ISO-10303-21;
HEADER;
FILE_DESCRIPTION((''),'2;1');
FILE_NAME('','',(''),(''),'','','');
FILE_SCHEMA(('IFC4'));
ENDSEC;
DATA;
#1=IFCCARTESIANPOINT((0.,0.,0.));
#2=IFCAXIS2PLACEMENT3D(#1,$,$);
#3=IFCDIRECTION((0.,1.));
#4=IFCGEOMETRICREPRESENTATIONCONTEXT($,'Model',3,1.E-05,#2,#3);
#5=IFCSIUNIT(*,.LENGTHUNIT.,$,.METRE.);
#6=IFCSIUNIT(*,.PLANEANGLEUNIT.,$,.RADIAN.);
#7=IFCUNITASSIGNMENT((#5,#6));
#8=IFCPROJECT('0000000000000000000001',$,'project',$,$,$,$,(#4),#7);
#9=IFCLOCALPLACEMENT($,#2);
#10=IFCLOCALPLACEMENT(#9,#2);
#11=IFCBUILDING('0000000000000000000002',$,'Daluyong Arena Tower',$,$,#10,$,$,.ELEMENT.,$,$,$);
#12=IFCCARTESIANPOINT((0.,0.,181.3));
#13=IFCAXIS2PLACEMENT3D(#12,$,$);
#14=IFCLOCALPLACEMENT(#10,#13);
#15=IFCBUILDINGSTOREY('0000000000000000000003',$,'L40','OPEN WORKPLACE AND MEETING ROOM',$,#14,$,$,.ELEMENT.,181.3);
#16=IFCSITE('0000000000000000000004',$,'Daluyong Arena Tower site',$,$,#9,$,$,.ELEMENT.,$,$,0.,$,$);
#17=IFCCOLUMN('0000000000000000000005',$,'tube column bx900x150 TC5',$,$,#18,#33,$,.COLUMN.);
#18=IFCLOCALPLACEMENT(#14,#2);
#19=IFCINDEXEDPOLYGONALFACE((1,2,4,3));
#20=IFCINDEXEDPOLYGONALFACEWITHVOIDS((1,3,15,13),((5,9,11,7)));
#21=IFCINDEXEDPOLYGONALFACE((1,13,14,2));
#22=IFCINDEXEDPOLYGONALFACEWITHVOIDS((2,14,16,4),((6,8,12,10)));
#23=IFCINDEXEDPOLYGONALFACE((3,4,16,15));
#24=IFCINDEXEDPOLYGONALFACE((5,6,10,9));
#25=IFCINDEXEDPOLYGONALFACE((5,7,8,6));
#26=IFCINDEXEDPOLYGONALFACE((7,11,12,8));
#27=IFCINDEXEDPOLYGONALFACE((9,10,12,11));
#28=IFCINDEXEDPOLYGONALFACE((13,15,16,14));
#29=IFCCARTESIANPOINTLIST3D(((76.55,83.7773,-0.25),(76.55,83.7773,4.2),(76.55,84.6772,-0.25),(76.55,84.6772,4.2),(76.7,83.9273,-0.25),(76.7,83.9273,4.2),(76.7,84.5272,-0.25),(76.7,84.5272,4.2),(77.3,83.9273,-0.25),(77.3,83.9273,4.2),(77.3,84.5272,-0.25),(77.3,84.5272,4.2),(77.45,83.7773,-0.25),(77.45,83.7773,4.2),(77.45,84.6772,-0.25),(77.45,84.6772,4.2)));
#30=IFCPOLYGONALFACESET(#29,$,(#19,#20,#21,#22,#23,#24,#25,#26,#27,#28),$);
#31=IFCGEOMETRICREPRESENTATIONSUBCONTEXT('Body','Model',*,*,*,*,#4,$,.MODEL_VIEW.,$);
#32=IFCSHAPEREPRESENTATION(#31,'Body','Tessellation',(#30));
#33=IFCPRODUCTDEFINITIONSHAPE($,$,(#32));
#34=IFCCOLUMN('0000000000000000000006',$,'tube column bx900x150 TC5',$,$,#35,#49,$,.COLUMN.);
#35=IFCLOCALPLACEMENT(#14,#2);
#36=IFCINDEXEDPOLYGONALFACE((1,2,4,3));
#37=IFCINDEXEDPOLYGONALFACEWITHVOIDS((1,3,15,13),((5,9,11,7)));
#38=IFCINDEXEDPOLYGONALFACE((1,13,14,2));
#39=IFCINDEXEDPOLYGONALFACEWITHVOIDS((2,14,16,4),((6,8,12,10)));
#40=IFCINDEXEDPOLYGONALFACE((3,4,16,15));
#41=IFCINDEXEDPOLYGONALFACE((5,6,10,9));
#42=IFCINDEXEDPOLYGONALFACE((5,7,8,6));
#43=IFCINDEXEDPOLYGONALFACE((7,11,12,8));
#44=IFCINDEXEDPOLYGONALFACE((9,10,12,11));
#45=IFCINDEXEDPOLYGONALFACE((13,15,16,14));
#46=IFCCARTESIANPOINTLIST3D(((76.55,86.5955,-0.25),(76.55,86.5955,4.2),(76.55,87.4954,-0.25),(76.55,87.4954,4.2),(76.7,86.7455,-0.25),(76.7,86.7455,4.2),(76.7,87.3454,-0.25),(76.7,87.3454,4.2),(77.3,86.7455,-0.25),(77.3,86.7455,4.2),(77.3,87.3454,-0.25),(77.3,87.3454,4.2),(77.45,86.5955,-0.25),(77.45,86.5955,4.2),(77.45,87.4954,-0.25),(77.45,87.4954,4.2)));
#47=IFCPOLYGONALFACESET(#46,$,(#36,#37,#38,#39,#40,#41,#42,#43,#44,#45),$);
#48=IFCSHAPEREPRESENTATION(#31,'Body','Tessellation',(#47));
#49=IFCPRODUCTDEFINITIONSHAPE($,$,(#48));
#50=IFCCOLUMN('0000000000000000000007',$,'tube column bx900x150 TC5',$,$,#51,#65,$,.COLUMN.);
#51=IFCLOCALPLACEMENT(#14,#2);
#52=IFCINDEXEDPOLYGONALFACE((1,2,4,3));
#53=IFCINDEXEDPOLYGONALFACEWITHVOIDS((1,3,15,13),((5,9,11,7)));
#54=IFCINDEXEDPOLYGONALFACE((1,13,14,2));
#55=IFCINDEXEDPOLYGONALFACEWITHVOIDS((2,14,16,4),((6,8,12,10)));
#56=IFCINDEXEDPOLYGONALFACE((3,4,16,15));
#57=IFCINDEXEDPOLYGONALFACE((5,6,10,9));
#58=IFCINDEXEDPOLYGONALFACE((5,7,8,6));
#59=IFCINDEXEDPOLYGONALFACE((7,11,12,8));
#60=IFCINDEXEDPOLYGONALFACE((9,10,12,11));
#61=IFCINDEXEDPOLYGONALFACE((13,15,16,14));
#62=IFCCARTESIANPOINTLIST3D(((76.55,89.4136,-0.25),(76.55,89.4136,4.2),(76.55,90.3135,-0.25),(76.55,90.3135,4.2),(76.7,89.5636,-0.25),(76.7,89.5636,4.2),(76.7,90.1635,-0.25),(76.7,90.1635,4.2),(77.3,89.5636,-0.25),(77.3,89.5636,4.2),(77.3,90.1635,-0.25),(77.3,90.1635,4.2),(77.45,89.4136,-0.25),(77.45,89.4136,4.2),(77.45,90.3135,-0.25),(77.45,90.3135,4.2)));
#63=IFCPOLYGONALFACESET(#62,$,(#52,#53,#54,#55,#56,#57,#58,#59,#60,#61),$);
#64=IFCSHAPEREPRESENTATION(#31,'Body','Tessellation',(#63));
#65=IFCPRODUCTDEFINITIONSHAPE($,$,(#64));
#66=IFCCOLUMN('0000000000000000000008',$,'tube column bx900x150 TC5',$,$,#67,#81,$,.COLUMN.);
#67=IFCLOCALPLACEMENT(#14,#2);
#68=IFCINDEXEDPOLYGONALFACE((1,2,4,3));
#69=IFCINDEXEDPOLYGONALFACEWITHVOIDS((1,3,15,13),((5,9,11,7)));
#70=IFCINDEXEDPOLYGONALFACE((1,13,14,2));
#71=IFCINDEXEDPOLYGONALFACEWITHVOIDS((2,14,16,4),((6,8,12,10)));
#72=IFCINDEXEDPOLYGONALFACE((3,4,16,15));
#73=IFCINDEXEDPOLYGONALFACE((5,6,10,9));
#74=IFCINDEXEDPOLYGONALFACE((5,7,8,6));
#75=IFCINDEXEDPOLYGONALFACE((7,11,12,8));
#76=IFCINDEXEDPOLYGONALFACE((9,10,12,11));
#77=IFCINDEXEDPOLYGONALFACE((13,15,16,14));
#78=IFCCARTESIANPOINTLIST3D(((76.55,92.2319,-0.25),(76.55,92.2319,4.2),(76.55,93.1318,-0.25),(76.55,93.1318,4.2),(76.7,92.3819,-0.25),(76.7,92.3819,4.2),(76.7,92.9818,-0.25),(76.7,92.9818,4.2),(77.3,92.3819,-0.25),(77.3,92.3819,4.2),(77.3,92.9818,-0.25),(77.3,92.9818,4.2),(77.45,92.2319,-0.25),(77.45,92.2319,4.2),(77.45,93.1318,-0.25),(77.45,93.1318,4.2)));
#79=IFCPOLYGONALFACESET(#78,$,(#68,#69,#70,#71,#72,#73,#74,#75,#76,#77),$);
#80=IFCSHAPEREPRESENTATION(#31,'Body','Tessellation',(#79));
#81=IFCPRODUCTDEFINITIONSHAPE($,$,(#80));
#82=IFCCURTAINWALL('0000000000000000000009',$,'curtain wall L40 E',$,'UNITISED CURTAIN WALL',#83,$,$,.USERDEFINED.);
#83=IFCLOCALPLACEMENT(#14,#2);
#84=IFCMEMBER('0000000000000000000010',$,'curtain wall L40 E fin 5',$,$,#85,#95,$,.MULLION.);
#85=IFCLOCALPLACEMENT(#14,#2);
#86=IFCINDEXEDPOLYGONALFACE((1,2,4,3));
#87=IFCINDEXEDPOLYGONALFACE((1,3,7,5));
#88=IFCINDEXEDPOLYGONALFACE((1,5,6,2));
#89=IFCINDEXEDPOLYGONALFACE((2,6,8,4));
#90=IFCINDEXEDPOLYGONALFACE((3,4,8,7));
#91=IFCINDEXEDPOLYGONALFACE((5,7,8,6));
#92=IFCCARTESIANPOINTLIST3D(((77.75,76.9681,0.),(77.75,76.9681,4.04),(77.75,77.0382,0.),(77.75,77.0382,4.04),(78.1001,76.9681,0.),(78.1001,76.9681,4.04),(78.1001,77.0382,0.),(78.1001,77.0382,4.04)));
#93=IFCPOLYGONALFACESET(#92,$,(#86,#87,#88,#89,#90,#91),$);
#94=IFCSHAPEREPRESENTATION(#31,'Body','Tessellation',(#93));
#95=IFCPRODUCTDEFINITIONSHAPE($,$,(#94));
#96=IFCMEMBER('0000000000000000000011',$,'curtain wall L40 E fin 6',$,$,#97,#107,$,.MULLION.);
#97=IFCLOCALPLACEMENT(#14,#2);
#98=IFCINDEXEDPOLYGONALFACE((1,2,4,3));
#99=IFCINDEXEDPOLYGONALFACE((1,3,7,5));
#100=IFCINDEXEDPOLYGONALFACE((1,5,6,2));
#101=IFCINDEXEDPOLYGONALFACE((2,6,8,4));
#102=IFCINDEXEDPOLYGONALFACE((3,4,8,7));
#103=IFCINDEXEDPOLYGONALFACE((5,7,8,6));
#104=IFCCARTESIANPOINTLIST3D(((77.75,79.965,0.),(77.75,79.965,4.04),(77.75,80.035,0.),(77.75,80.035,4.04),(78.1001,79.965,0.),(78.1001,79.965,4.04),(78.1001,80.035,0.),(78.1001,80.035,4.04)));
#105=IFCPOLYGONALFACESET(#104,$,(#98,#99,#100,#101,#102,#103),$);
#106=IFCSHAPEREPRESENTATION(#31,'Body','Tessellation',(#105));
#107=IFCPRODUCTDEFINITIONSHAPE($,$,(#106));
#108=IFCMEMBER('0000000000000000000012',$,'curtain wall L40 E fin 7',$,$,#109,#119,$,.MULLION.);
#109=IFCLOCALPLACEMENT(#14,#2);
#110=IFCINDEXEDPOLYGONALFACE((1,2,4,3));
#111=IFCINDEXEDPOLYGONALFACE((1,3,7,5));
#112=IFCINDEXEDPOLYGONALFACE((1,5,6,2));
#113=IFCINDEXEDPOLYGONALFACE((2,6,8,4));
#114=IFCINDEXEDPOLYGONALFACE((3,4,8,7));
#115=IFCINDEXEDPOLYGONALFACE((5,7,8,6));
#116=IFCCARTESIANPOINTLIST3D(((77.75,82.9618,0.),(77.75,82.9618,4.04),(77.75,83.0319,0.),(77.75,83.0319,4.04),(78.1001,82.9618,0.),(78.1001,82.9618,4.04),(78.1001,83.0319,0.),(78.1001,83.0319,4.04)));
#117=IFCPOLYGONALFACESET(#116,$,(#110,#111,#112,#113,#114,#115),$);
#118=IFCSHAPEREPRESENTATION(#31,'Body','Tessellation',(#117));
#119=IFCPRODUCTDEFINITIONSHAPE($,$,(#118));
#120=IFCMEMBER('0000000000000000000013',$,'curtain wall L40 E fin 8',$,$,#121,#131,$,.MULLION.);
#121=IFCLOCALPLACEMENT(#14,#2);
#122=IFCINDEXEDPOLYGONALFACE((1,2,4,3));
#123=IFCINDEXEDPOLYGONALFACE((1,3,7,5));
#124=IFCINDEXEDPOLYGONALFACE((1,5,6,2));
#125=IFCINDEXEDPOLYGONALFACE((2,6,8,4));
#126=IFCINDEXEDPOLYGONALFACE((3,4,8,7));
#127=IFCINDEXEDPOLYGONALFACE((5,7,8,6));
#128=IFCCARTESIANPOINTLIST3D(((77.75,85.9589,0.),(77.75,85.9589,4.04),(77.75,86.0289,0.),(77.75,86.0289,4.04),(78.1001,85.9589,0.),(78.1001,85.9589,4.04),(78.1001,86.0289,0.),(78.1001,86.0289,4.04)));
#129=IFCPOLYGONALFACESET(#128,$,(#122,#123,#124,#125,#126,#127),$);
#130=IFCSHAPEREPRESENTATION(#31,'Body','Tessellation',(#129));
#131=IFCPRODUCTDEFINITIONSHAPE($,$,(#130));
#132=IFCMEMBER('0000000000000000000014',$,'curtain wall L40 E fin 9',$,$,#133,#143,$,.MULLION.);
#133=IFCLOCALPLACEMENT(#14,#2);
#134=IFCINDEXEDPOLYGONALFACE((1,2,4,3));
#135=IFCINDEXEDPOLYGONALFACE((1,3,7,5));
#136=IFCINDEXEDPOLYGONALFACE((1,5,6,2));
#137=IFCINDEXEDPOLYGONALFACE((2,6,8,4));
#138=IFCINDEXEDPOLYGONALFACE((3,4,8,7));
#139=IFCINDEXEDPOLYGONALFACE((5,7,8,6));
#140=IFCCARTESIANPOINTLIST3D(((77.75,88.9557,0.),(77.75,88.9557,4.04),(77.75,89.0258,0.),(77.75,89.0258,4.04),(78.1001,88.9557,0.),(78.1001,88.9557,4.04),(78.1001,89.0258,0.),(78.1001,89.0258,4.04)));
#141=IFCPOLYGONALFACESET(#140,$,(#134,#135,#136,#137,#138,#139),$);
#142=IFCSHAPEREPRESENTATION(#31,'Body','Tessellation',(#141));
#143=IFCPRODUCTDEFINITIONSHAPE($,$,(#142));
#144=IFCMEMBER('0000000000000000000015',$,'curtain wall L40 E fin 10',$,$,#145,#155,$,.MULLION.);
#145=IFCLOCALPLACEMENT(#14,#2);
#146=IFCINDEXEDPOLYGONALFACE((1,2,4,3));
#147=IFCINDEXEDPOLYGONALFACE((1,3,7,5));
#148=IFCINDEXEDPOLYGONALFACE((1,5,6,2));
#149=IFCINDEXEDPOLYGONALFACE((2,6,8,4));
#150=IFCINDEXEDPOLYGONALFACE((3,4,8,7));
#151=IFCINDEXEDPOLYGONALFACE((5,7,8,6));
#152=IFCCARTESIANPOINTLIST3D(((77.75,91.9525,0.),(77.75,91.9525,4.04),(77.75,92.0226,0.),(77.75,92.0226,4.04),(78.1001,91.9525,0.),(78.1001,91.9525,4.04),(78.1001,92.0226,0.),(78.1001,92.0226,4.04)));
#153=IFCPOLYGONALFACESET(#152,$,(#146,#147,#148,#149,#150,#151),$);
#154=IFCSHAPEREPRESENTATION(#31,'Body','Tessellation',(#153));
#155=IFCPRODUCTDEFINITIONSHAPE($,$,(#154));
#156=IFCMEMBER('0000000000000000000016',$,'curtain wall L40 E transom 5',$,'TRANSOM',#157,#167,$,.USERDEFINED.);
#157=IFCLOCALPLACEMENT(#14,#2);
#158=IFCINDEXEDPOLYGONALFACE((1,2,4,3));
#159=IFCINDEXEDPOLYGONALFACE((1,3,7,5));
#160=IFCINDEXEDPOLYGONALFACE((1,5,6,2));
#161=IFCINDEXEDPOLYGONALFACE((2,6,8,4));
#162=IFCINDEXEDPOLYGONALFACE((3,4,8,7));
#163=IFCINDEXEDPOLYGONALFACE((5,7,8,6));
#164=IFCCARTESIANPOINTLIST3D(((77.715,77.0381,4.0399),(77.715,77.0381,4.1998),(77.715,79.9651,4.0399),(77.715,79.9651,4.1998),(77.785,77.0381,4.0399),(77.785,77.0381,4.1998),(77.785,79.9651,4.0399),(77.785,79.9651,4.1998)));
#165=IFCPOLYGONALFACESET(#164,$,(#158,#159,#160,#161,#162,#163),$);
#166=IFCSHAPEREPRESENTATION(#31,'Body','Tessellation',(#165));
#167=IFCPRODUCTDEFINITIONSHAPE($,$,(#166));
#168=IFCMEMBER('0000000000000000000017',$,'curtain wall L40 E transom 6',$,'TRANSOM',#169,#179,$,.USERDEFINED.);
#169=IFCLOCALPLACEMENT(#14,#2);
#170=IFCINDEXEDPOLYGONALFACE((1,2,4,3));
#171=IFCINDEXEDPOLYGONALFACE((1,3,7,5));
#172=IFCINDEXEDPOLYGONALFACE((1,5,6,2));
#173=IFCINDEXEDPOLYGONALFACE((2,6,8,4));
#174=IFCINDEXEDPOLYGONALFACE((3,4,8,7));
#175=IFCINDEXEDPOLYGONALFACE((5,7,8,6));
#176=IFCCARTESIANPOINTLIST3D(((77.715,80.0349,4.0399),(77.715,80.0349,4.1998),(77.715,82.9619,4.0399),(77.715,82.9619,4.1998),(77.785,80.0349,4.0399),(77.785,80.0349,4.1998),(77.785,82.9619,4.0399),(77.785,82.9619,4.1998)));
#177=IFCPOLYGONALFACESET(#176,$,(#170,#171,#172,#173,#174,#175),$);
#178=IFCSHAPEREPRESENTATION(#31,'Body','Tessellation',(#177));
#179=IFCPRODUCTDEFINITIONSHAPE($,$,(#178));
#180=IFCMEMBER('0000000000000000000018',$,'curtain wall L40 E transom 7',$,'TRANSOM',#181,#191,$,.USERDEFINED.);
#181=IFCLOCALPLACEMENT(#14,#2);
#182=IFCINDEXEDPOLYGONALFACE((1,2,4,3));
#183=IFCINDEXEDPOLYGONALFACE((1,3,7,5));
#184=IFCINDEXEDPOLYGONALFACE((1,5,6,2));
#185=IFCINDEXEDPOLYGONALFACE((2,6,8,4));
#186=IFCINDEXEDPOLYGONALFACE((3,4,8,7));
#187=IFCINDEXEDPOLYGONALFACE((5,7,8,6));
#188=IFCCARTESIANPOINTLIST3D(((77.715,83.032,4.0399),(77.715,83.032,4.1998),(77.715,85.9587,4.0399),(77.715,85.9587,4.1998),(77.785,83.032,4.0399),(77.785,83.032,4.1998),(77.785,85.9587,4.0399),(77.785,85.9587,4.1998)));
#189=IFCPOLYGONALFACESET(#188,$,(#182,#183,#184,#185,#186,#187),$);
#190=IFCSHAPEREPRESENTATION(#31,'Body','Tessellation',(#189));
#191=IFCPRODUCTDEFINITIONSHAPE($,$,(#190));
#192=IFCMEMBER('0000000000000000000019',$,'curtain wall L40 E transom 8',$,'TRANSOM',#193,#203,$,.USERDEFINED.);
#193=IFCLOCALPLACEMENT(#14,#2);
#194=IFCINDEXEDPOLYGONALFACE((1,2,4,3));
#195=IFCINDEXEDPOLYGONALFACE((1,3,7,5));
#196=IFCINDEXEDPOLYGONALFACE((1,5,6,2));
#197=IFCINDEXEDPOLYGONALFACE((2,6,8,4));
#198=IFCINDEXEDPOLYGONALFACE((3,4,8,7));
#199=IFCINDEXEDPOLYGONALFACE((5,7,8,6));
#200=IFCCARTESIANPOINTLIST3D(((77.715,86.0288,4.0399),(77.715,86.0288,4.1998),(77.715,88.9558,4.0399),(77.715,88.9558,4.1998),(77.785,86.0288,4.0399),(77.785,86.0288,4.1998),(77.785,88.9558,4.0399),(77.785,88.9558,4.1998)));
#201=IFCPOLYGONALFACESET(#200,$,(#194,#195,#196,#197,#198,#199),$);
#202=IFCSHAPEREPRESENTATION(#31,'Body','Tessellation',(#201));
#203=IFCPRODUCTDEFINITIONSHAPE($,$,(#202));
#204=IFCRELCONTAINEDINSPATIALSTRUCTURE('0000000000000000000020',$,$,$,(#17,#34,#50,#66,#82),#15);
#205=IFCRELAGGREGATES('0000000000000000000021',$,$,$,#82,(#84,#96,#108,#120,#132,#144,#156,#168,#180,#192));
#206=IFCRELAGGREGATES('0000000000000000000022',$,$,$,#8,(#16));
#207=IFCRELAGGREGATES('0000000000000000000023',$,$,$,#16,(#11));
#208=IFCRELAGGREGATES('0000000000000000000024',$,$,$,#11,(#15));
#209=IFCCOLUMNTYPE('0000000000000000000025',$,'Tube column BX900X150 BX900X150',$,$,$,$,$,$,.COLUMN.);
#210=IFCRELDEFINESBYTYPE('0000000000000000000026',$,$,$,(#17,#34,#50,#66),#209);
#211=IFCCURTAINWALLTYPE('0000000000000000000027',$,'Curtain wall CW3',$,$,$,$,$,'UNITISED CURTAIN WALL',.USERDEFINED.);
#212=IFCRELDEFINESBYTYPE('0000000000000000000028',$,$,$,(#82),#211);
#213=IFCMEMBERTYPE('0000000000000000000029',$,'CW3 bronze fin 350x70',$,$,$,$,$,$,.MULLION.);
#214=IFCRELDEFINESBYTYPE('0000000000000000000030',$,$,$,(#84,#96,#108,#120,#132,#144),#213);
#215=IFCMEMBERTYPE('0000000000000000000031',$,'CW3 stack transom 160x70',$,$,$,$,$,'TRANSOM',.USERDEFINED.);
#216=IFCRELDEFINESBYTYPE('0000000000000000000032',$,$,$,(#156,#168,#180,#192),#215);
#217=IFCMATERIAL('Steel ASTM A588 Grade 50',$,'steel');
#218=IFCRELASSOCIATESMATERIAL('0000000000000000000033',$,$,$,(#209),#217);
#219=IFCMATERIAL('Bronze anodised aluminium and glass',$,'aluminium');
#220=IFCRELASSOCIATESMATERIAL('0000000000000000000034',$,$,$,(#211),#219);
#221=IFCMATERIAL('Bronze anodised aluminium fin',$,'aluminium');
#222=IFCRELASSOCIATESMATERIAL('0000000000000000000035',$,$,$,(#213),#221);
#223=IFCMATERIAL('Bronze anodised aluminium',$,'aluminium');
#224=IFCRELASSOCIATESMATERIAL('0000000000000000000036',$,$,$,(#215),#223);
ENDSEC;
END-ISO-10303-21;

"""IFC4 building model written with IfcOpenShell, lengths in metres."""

from ifc_helpers import new_model, si_unit, direction, frame, origin, origin_2d, place, context, subcontext, project, spatial, rectangle, hollow_rectangle, extrude, material, material_profile, profile_set, type_object, element, aggregate, save


model = new_model("IFC4")

# Units and contexts
model_context = context("Model", 3, precision=1e-05, world=origin(), true_north=direction((0.0, 1.0)))
body_context = subcontext(model_context, "Body", "Model", "MODEL_VIEW")
ifc_project = project(units=[si_unit("LENGTHUNIT", "METRE"), si_unit("PLANEANGLEUNIT", "RADIAN")], contexts=[model_context])

# Site, building, storey
site_placement = place(None, origin())
site = spatial("IfcSite", under=ifc_project, at=site_placement, Name="Daluyong Arena Tower site", CompositionType="ELEMENT", RefElevation=0.0)
building_placement = place(site_placement, origin())
building = spatial("IfcBuilding", under=site, at=building_placement, Name="Daluyong Arena Tower", CompositionType="ELEMENT")
storey_placement = place(building_placement, frame((0.0, 0.0, 181.3)))
storey = spatial("IfcBuildingStorey", under=building, at=storey_placement, Name="L40", Description="OPEN WORKPLACE AND MEETING ROOM", CompositionType="ELEMENT", Elevation=181.3)

# Columns
ifc_material_1 = material(Name="Steel ASTM A588 Grade 50", Category="steel")
ifc_material_profile_1 = material_profile(ifc_material_1, hollow_rectangle(XDim=0.8999, YDim=0.8999, WallThickness=0.15, at=origin_2d()))
ifc_profile_set_1 = profile_set([ifc_material_profile_1], Name="Steel ASTM A588 Grade 50")
column_type = type_object("IfcColumnType", Name="Tube column BX900X150 BX900X150", PredefinedType="COLUMN", material=ifc_profile_set_1)
for number, where, z_axis, x_axis, name in (
    (1, (77.0, 84.2273, -0.25), (0.0, 0.0, 1.0), (0.0, 1.0, 0.0), "tube column bx900x150 TC5"),
    (2, (77.0, 87.0454, -0.25), (0.0, 0.0, 1.0), (0.0, 1.0, 0.0), "tube column bx900x150 TC5"),
    (3, (77.0, 89.8635, -0.25), (0.0, 0.0, 1.0), (0.0, 1.0, 0.0), "tube column bx900x150 TC5"),
    (4, (77.0, 92.6819, -0.25), (0.0, 0.0, 1.0), (0.0, 1.0, 0.0), "tube column bx900x150 TC5"),
):
    element("IfcColumn", number, at=place(storey_placement, frame(where, z_axis=z_axis, x_axis=x_axis)), inside=storey, type_object=column_type, Name=name, PredefinedType="COLUMN", context=body_context, shape_type="SweptSolid", body=[
        extrude(hollow_rectangle(XDim=0.8999, YDim=0.8999, WallThickness=0.15, at=origin_2d()), origin(), (0.0, 0.0, 1.0), 4.45),
    ])

# Curtain wall, members
ifc_material_2 = material(Name="Bronze anodised aluminium and glass", Category="aluminium")
curtain_wall_type = type_object("IfcCurtainWallType", Name="Curtain wall CW3", ElementType="UNITISED CURTAIN WALL", PredefinedType="USERDEFINED", material=ifc_material_2)
curtain_wall_placement = place(storey_placement, origin())
curtain_wall = element("IfcCurtainWall", 5, at=curtain_wall_placement, inside=storey, type_object=curtain_wall_type, Name="curtain wall L40 E", ObjectType="UNITISED CURTAIN WALL", PredefinedType="USERDEFINED")
ifc_material_3 = material(Name="Bronze anodised aluminium fin", Category="aluminium")
ifc_material_profile_2 = material_profile(ifc_material_3, rectangle(XDim=0.3501, YDim=0.0701, at=origin_2d()))
ifc_profile_set_2 = profile_set([ifc_material_profile_2], Name="Bronze anodised aluminium fin")
member_type_1 = type_object("IfcMemberType", Name="CW3 bronze fin 350x70", PredefinedType="MULLION", material=ifc_profile_set_2)
member_1_placement = place(storey_placement, frame((77.925, 77.0032, 0.0), z_axis=(0.0, 0.0, 1.0), x_axis=(-1.0, 0.0, 0.0)))
member_1 = element("IfcMember", 6, at=member_1_placement, type_object=member_type_1, Name="curtain wall L40 E fin 5", PredefinedType="MULLION", context=body_context, shape_type="SweptSolid", body=[
    extrude(rectangle(XDim=0.3501, YDim=0.0701, at=origin_2d()), origin(), (0.0, 0.0, 1.0), 4.04),
])
member_2_placement = place(storey_placement, frame((77.925, 80.0, 0.0), z_axis=(0.0, 0.0, 1.0), x_axis=(-1.0, 0.0, 0.0)))
member_2 = element("IfcMember", 7, at=member_2_placement, type_object=member_type_1, Name="curtain wall L40 E fin 6", PredefinedType="MULLION", context=body_context, shape_type="SweptSolid", body=[
    extrude(rectangle(XDim=0.3501, YDim=0.0701, at=origin_2d()), origin(), (0.0, 0.0, 1.0), 4.04),
])
member_3_placement = place(storey_placement, frame((77.925, 82.9968, 0.0), z_axis=(0.0, 0.0, 1.0), x_axis=(-1.0, 0.0, 0.0)))
member_3 = element("IfcMember", 8, at=member_3_placement, type_object=member_type_1, Name="curtain wall L40 E fin 7", PredefinedType="MULLION", context=body_context, shape_type="SweptSolid", body=[
    extrude(rectangle(XDim=0.3501, YDim=0.0701, at=origin_2d()), origin(), (0.0, 0.0, 1.0), 4.04),
])
member_4_placement = place(storey_placement, frame((77.925, 85.9939, 0.0), z_axis=(0.0, 0.0, 1.0), x_axis=(-1.0, 0.0, 0.0)))
member_4 = element("IfcMember", 9, at=member_4_placement, type_object=member_type_1, Name="curtain wall L40 E fin 8", PredefinedType="MULLION", context=body_context, shape_type="SweptSolid", body=[
    extrude(rectangle(XDim=0.3501, YDim=0.0701, at=origin_2d()), origin(), (0.0, 0.0, 1.0), 4.04),
])
member_5_placement = place(storey_placement, frame((77.925, 88.9907, 0.0), z_axis=(0.0, 0.0, 1.0), x_axis=(-1.0, 0.0, 0.0)))
member_5 = element("IfcMember", 10, at=member_5_placement, type_object=member_type_1, Name="curtain wall L40 E fin 9", PredefinedType="MULLION", context=body_context, shape_type="SweptSolid", body=[
    extrude(rectangle(XDim=0.3501, YDim=0.0701, at=origin_2d()), origin(), (0.0, 0.0, 1.0), 4.04),
])
member_6_placement = place(storey_placement, frame((77.925, 91.9875, 0.0), z_axis=(0.0, 0.0, 1.0), x_axis=(-1.0, 0.0, 0.0)))
member_6 = element("IfcMember", 11, at=member_6_placement, type_object=member_type_1, Name="curtain wall L40 E fin 10", PredefinedType="MULLION", context=body_context, shape_type="SweptSolid", body=[
    extrude(rectangle(XDim=0.3501, YDim=0.0701, at=origin_2d()), origin(), (0.0, 0.0, 1.0), 4.04),
])
ifc_material_4 = material(Name="Bronze anodised aluminium", Category="aluminium")
ifc_material_profile_3 = material_profile(ifc_material_4, rectangle(XDim=0.0701, YDim=0.1599, at=origin_2d()))
ifc_profile_set_3 = profile_set([ifc_material_profile_3], Name="Bronze anodised aluminium")
member_type_2 = type_object("IfcMemberType", Name="CW3 stack transom 160x70", ElementType="TRANSOM", PredefinedType="USERDEFINED", material=ifc_profile_set_3)
member_7_placement = place(storey_placement, frame((77.75, 77.0381, 4.1199), z_axis=(0.0, 1.0, 0.0), x_axis=(-1.0, 0.0, 0.0)))
member_7 = element("IfcMember", 12, at=member_7_placement, type_object=member_type_2, Name="curtain wall L40 E transom 5", ObjectType="TRANSOM", PredefinedType="USERDEFINED", context=body_context, shape_type="SweptSolid", body=[
    extrude(rectangle(XDim=0.0701, YDim=0.1599, at=origin_2d()), origin(), (0.0, 0.0, 1.0), 2.927),
])
member_8_placement = place(storey_placement, frame((77.75, 80.0349, 4.1199), z_axis=(0.0, 1.0, 0.0), x_axis=(-1.0, 0.0, 0.0)))
member_8 = element("IfcMember", 13, at=member_8_placement, type_object=member_type_2, Name="curtain wall L40 E transom 6", ObjectType="TRANSOM", PredefinedType="USERDEFINED", context=body_context, shape_type="SweptSolid", body=[
    extrude(rectangle(XDim=0.0701, YDim=0.1599, at=origin_2d()), origin(), (0.0, 0.0, 1.0), 2.927),
])
member_9_placement = place(storey_placement, frame((77.75, 83.032, 4.1199), z_axis=(0.0, 1.0, 0.0), x_axis=(-1.0, 0.0, 0.0)))
member_9 = element("IfcMember", 14, at=member_9_placement, type_object=member_type_2, Name="curtain wall L40 E transom 7", ObjectType="TRANSOM", PredefinedType="USERDEFINED", context=body_context, shape_type="SweptSolid", body=[
    extrude(rectangle(XDim=0.0701, YDim=0.1599, at=origin_2d()), origin(), (0.0, 0.0, 1.0), 2.9268),
])
member_10_placement = place(storey_placement, frame((77.75, 86.0288, 4.1199), z_axis=(0.0, 1.0, 0.0), x_axis=(-1.0, 0.0, 0.0)))
member_10 = element("IfcMember", 15, at=member_10_placement, type_object=member_type_2, Name="curtain wall L40 E transom 8", ObjectType="TRANSOM", PredefinedType="USERDEFINED", context=body_context, shape_type="SweptSolid", body=[
    extrude(rectangle(XDim=0.0701, YDim=0.1599, at=origin_2d()), origin(), (0.0, 0.0, 1.0), 2.927),
])

aggregate(curtain_wall, [member_1, member_2, member_3, member_4, member_5, member_6, member_7, member_8, member_9, member_10])

save(model, "model.ifc")
